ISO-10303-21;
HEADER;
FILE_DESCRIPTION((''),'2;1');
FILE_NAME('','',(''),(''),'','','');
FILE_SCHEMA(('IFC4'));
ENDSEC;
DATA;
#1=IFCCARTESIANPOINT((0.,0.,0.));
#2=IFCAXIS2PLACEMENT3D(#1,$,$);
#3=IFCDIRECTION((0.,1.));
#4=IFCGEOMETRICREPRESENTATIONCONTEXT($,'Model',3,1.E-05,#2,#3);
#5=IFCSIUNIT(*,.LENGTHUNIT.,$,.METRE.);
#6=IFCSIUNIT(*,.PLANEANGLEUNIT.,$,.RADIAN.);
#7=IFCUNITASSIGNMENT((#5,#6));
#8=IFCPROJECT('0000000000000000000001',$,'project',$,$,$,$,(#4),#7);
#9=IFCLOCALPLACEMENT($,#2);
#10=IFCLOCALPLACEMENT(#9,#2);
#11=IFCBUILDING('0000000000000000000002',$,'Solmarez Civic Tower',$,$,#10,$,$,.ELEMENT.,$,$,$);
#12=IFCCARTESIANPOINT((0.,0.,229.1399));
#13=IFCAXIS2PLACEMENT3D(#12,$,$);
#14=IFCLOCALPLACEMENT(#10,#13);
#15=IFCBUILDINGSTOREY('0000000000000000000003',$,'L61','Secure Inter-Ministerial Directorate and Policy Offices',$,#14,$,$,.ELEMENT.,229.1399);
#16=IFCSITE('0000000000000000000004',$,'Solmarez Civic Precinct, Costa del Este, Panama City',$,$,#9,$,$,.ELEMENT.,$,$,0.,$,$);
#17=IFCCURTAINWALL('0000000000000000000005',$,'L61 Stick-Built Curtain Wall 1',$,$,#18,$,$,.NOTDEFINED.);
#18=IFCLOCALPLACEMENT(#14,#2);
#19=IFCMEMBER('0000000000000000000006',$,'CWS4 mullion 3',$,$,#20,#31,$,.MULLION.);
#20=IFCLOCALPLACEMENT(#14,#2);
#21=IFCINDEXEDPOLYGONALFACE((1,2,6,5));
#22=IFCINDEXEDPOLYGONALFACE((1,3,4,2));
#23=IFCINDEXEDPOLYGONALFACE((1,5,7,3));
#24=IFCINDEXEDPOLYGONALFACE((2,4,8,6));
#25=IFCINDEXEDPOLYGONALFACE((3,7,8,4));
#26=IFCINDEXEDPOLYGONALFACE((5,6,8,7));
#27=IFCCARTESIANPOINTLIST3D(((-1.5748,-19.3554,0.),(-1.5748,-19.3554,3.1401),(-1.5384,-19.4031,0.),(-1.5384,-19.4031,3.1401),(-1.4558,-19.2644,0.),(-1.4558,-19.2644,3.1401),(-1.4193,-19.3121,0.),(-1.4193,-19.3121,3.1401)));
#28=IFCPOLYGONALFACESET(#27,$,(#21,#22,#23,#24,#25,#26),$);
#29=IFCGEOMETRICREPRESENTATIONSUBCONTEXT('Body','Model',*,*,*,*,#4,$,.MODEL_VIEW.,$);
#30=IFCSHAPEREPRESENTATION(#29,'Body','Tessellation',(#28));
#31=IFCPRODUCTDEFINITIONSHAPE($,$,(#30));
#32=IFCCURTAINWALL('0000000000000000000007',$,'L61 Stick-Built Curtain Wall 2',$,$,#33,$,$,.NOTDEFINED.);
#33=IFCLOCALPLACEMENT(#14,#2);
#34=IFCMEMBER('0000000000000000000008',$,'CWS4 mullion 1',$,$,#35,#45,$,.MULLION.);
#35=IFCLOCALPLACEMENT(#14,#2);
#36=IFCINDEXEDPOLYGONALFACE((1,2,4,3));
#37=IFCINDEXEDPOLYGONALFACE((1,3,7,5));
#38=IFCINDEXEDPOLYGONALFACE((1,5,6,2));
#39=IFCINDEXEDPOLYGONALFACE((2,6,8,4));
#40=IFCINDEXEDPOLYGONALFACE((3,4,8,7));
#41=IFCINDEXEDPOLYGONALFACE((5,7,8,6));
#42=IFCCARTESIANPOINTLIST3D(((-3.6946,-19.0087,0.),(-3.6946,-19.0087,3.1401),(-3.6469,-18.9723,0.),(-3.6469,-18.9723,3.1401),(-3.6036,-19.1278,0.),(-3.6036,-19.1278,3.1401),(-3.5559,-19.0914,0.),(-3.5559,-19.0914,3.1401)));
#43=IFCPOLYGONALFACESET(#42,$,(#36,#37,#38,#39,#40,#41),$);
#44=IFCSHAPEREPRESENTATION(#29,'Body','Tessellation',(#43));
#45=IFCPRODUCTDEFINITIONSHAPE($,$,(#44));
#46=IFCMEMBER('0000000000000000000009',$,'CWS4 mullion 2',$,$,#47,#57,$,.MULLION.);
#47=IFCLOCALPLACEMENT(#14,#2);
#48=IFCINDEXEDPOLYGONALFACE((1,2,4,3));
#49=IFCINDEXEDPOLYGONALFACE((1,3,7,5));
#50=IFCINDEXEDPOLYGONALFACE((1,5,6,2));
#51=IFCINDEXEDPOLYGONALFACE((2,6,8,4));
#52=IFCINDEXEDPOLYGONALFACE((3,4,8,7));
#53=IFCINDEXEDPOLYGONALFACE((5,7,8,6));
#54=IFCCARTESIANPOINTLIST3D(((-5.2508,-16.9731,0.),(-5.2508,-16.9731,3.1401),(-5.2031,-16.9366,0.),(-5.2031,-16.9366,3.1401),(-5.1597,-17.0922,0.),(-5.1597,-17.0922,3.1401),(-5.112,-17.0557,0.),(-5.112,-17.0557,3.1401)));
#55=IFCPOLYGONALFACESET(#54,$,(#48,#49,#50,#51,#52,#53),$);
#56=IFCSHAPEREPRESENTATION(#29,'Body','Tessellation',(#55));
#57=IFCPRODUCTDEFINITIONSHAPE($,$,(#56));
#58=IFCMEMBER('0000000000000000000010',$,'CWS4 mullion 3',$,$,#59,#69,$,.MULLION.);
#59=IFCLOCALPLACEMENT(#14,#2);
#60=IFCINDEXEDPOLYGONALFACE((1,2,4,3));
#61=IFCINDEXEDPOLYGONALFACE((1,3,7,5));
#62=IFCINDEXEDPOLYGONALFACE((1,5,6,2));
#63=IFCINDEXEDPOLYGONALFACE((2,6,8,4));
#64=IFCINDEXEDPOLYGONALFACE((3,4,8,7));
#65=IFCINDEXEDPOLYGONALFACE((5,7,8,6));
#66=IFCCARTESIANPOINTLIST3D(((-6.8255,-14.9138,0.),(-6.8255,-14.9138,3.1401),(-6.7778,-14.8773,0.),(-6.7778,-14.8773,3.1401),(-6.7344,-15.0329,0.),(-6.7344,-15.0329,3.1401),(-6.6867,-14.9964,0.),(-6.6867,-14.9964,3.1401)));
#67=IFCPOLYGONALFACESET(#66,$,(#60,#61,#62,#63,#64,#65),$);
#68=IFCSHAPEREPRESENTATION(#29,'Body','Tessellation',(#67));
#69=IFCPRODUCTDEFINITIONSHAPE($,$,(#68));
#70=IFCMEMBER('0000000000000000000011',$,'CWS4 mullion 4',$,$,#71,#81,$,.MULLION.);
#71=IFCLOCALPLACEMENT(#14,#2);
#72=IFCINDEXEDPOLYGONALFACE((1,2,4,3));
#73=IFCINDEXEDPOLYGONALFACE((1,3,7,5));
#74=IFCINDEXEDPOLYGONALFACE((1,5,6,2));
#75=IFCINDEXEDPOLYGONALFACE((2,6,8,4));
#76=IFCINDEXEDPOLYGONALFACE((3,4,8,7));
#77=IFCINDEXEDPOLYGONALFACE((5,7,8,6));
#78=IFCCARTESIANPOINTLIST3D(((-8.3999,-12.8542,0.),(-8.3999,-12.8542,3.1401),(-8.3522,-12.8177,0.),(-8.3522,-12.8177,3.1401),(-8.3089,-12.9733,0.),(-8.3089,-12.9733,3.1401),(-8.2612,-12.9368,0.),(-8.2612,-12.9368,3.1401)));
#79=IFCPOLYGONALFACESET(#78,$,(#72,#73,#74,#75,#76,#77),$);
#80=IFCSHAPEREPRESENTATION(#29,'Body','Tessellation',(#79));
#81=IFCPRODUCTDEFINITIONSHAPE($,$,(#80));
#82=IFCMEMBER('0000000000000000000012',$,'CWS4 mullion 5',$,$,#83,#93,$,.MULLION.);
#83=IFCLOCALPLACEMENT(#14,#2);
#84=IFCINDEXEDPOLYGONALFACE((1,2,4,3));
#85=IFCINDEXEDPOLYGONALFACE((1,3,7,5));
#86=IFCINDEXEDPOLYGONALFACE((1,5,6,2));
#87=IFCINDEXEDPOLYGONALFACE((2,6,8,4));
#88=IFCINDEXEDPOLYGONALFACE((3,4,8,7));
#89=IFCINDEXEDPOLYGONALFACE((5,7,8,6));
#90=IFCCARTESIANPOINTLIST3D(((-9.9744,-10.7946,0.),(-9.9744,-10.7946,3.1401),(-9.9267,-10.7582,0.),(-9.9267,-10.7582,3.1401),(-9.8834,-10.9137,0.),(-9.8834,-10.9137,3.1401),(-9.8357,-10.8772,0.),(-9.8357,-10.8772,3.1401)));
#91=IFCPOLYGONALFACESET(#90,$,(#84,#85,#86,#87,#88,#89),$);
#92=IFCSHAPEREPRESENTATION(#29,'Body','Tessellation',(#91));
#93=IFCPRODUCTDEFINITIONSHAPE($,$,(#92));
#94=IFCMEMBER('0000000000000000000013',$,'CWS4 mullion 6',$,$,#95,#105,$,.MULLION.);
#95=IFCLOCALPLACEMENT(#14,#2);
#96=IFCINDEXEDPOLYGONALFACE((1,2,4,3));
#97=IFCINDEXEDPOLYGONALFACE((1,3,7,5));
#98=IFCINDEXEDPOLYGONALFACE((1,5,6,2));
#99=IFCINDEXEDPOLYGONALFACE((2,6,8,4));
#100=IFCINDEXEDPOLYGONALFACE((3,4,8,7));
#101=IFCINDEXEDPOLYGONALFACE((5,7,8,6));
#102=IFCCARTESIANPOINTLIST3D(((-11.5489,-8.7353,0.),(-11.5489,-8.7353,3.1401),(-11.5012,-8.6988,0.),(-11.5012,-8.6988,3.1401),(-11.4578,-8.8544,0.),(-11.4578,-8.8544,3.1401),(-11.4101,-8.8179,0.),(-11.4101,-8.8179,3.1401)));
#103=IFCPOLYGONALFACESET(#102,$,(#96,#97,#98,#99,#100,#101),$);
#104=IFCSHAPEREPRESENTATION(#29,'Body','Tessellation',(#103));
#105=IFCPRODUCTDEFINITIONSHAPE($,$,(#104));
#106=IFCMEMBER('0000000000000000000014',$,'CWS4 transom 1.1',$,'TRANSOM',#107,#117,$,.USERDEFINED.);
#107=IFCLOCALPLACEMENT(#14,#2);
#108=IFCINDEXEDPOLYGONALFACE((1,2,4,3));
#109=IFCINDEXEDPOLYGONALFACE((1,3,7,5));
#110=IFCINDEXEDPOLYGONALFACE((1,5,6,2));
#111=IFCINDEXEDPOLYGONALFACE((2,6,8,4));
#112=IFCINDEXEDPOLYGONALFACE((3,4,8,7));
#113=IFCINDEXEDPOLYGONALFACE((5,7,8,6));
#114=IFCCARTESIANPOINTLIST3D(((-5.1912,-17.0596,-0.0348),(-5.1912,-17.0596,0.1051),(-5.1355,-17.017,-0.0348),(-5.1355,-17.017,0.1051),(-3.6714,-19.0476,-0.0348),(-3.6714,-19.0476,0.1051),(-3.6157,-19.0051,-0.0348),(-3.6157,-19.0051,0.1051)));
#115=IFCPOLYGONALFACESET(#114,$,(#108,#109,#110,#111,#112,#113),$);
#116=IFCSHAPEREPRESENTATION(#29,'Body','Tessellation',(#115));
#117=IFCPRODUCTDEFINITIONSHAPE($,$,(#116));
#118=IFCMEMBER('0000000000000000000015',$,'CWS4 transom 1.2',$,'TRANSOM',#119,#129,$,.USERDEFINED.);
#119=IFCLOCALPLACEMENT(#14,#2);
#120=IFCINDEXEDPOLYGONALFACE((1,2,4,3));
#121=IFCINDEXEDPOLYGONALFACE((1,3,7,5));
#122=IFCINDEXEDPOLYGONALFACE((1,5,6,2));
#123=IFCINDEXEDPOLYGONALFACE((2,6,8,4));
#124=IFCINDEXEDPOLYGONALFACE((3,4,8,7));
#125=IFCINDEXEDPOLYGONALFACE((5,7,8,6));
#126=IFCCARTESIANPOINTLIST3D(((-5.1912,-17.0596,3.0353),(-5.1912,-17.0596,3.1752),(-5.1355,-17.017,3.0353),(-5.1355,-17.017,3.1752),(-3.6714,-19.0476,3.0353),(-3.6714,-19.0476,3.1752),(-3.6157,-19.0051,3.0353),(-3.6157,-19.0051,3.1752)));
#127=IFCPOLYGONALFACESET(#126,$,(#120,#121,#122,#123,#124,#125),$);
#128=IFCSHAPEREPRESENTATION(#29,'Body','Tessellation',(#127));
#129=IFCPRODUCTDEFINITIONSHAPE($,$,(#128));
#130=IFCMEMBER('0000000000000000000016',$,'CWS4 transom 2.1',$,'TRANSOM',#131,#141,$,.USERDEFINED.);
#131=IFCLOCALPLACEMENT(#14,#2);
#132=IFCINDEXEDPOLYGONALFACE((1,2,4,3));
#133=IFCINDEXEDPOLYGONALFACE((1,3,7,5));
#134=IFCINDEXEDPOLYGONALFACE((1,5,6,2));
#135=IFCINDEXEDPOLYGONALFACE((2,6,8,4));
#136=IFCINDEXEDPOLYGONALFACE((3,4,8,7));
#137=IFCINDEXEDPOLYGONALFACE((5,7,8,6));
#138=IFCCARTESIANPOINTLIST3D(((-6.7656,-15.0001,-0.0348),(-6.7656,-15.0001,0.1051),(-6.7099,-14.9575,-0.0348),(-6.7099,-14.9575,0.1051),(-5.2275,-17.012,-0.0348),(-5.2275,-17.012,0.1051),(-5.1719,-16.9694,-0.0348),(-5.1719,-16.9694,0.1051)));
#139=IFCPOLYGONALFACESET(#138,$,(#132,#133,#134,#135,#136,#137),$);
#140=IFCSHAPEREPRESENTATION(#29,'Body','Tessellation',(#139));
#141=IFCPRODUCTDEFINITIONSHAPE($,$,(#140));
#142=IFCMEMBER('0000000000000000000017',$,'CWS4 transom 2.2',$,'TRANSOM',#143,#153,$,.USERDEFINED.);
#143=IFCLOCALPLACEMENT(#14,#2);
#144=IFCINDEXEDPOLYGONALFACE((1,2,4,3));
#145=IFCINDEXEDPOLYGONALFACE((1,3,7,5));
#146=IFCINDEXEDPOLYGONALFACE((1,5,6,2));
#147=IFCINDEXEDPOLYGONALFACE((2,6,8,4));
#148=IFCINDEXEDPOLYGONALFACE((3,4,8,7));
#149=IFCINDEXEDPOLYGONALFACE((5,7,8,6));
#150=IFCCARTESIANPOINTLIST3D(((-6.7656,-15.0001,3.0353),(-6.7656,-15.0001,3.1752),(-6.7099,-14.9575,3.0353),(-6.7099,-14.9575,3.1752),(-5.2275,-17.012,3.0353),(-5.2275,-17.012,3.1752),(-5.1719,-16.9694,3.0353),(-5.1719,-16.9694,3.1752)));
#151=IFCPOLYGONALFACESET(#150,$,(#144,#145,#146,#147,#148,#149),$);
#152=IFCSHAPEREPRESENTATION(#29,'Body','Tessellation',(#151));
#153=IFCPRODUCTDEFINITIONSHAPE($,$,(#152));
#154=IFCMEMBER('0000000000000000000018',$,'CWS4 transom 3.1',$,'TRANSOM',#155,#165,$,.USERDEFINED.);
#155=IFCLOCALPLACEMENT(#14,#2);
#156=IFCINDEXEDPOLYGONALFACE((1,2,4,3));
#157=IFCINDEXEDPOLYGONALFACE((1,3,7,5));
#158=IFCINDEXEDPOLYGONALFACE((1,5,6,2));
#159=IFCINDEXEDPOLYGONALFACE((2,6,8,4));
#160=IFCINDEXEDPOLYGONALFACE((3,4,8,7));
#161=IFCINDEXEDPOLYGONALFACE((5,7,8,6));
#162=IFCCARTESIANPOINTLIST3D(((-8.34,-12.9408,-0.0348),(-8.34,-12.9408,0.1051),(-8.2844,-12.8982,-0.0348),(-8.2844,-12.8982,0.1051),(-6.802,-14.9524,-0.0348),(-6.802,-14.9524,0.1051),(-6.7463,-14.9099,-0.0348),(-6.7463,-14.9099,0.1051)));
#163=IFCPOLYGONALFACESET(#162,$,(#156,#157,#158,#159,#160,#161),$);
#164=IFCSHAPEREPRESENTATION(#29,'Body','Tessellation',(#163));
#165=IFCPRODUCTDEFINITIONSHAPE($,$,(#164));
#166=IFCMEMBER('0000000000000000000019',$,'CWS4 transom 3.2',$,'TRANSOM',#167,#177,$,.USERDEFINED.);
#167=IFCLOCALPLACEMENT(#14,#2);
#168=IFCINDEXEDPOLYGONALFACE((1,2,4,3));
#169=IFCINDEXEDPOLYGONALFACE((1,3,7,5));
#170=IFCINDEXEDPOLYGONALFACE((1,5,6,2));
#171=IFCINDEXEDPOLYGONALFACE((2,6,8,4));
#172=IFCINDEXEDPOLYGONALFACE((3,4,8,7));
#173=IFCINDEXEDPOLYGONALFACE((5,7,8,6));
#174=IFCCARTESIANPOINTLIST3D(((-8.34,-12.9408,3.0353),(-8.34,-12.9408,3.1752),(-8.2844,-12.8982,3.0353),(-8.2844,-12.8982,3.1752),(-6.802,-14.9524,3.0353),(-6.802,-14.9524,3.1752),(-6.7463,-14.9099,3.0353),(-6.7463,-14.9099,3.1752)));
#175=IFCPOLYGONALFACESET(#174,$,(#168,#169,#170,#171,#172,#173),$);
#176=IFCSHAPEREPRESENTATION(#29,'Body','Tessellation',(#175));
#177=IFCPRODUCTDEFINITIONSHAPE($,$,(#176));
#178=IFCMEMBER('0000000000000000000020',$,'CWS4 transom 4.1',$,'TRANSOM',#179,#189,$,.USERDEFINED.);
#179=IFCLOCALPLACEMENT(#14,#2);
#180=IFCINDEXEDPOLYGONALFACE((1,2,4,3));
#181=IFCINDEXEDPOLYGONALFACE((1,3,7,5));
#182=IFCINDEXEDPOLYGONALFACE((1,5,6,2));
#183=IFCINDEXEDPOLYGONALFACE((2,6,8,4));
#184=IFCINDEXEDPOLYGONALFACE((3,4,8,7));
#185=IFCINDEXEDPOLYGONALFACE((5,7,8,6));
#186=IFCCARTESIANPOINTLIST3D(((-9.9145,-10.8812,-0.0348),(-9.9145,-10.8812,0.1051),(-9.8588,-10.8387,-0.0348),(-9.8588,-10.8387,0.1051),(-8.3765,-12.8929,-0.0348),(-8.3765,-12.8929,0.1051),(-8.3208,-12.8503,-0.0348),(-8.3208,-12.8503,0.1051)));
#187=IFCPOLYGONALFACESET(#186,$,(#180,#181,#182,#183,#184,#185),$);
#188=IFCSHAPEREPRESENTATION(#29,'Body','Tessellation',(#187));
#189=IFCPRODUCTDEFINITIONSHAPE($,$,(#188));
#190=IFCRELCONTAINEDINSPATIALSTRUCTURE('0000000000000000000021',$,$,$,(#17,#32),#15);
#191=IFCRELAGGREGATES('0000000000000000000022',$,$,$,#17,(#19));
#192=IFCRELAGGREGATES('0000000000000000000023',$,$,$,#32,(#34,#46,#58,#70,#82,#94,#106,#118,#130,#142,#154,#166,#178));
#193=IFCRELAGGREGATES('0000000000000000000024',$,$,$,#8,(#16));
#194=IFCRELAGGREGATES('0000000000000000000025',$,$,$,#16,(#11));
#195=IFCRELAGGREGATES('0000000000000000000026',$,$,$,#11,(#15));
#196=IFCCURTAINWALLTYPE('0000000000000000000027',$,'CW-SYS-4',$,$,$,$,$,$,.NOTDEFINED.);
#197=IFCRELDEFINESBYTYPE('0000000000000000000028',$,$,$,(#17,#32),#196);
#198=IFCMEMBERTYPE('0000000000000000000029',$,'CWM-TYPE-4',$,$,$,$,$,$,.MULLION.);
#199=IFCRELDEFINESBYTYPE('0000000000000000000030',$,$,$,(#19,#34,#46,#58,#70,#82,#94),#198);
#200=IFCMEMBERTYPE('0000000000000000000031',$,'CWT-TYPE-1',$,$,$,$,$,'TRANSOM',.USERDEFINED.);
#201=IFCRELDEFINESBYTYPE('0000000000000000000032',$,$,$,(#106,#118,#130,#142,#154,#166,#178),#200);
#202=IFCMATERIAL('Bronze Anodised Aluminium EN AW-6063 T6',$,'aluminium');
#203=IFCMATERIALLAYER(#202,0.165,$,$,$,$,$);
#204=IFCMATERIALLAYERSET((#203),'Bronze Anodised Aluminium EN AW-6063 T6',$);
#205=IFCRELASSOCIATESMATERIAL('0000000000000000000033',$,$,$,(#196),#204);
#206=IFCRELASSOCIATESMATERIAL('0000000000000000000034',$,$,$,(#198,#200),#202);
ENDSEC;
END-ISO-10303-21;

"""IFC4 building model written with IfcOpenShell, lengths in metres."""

from ifc_helpers import new_model, si_unit, direction, frame, origin, origin_2d, place, context, subcontext, project, spatial, rectangle, extrude, material, layer, layer_set, material_profile, profile_set, type_object, element, aggregate, save


model = new_model("IFC4")

# Units and contexts
model_context = context("Model", 3, precision=1e-05, world=origin(), true_north=direction((0.0, 1.0)))
body_context = subcontext(model_context, "Body", "Model", "MODEL_VIEW")
ifc_project = project(units=[si_unit("LENGTHUNIT", "METRE"), si_unit("PLANEANGLEUNIT", "RADIAN")], contexts=[model_context])

# Site, building, storey
site_placement = place(None, origin())
site = spatial("IfcSite", under=ifc_project, at=site_placement, Name="Solmarez Civic Precinct, Costa del Este, Panama City", CompositionType="ELEMENT", RefElevation=0.0)
building_placement = place(site_placement, origin())
building = spatial("IfcBuilding", under=site, at=building_placement, Name="Solmarez Civic Tower", CompositionType="ELEMENT")
storey_placement = place(building_placement, frame((0.0, 0.0, 229.1399)))
storey = spatial("IfcBuildingStorey", under=building, at=storey_placement, Name="L61", Description="Secure Inter-Ministerial Directorate and Policy Offices", CompositionType="ELEMENT", Elevation=229.1399)

# Curtain wall, member
ifc_material_1 = material(Name="Bronze Anodised Aluminium EN AW-6063 T6", Category="aluminium")
ifc_layer_1 = layer(ifc_material_1, 0.165)
ifc_layer_set_1 = layer_set([ifc_layer_1], Name="Bronze Anodised Aluminium EN AW-6063 T6")
curtain_wall_type = type_object("IfcCurtainWallType", Name="CW-SYS-4", PredefinedType="NOTDEFINED", material=ifc_layer_set_1)
curtain_wall_1_placement = place(storey_placement, origin())
curtain_wall_1 = element("IfcCurtainWall", 1, at=curtain_wall_1_placement, inside=storey, type_object=curtain_wall_type, Name="L61 Stick-Built Curtain Wall 1", PredefinedType="NOTDEFINED")
ifc_material_profile_1 = material_profile(ifc_material_1, rectangle(XDim=0.0601, YDim=0.1499, at=origin_2d()), Name="CWM-60X150")
ifc_profile_set_1 = profile_set([ifc_material_profile_1], Name="Bronze Anodised Aluminium EN AW-6063 T6")
member_type_1 = type_object("IfcMemberType", Name="CWM-TYPE-4", PredefinedType="MULLION", material=ifc_profile_set_1)
member_1_placement = place(storey_placement, frame((-1.4971, -19.3337, 0.0), z_axis=(0.0, 0.0, 1.0), x_axis=(0.60748, -0.794335, 0.0)))
member_1 = element("IfcMember", 2, at=member_1_placement, type_object=member_type_1, Name="CWS4 mullion 3", PredefinedType="MULLION", context=body_context, shape_type="SweptSolid", body=[
    extrude(rectangle(XDim=0.0601, YDim=0.1499, at=origin_2d()), origin(), (0.0, 0.0, 1.0), 3.1401),
])
aggregate(curtain_wall_1, [member_1])

# Curtain wall, members
curtain_wall_2_placement = place(storey_placement, origin())
curtain_wall_2 = element("IfcCurtainWall", 3, at=curtain_wall_2_placement, inside=storey, type_object=curtain_wall_type, Name="L61 Stick-Built Curtain Wall 2", PredefinedType="NOTDEFINED")
member_2_placement = place(storey_placement, frame((-3.6252, -19.05, 0.0), z_axis=(0.0, 0.0, 1.0), x_axis=(-0.794434, -0.60735, 0.0)))
member_2 = element("IfcMember", 4, at=member_2_placement, type_object=member_type_1, Name="CWS4 mullion 1", PredefinedType="MULLION", context=body_context, shape_type="SweptSolid", body=[
    extrude(rectangle(XDim=0.0601, YDim=0.1499, at=origin_2d()), origin(), (0.0, 0.0, 1.0), 3.1401),
])
member_3_placement = place(storey_placement, frame((-5.1814, -17.0144, 0.0), z_axis=(0.0, 0.0, 1.0), x_axis=(-0.794434, -0.60735, 0.0)))
member_3 = element("IfcMember", 5, at=member_3_placement, type_object=member_type_1, Name="CWS4 mullion 2", PredefinedType="MULLION", context=body_context, shape_type="SweptSolid", body=[
    extrude(rectangle(XDim=0.0601, YDim=0.1499, at=origin_2d()), origin(), (0.0, 0.0, 1.0), 3.1401),
])
member_4_placement = place(storey_placement, frame((-6.7561, -14.9551, 0.0), z_axis=(0.0, 0.0, 1.0), x_axis=(-0.794434, -0.60735, 0.0)))
member_4 = element("IfcMember", 6, at=member_4_placement, type_object=member_type_1, Name="CWS4 mullion 3", PredefinedType="MULLION", context=body_context, shape_type="SweptSolid", body=[
    extrude(rectangle(XDim=0.0601, YDim=0.1499, at=origin_2d()), origin(), (0.0, 0.0, 1.0), 3.1401),
])
member_5_placement = place(storey_placement, frame((-8.3306, -12.8955, 0.0), z_axis=(0.0, 0.0, 1.0), x_axis=(-0.794434, -0.60735, 0.0)))
member_5 = element("IfcMember", 7, at=member_5_placement, type_object=member_type_1, Name="CWS4 mullion 4", PredefinedType="MULLION", context=body_context, shape_type="SweptSolid", body=[
    extrude(rectangle(XDim=0.0601, YDim=0.1499, at=origin_2d()), origin(), (0.0, 0.0, 1.0), 3.1401),
])
member_6_placement = place(storey_placement, frame((-9.905, -10.8359, 0.0), z_axis=(0.0, 0.0, 1.0), x_axis=(-0.794434, -0.60735, 0.0)))
member_6 = element("IfcMember", 8, at=member_6_placement, type_object=member_type_1, Name="CWS4 mullion 5", PredefinedType="MULLION", context=body_context, shape_type="SweptSolid", body=[
    extrude(rectangle(XDim=0.0601, YDim=0.1499, at=origin_2d()), origin(), (0.0, 0.0, 1.0), 3.1401),
])
member_7_placement = place(storey_placement, frame((-11.4795, -8.7766, 0.0), z_axis=(0.0, 0.0, 1.0), x_axis=(-0.794434, -0.60735, 0.0)))
member_7 = element("IfcMember", 9, at=member_7_placement, type_object=member_type_1, Name="CWS4 mullion 6", PredefinedType="MULLION", context=body_context, shape_type="SweptSolid", body=[
    extrude(rectangle(XDim=0.0601, YDim=0.1499, at=origin_2d()), origin(), (0.0, 0.0, 1.0), 3.1401),
])
ifc_material_profile_2 = material_profile(ifc_material_1, rectangle(XDim=0.0701, YDim=0.1399, at=origin_2d()), Name="CWT-70X140")
ifc_profile_set_2 = profile_set([ifc_material_profile_2], Name="Bronze Anodised Aluminium EN AW-6063 T6")
member_type_2 = type_object("IfcMemberType", Name="CWT-TYPE-1", ElementType="TRANSOM", PredefinedType="USERDEFINED", material=ifc_profile_set_2)
member_8_placement = place(storey_placement, frame((-3.6436, -19.0264, 0.0352), z_axis=(-0.607327, 0.794452, 0.0), x_axis=(-0.794452, -0.607327, 0.0)))
member_8 = element("IfcMember", 10, at=member_8_placement, type_object=member_type_2, Name="CWS4 transom 1.1", ObjectType="TRANSOM", PredefinedType="USERDEFINED", context=body_context, shape_type="SweptSolid", body=[
    extrude(rectangle(XDim=0.0701, YDim=0.1399, at=origin_2d()), origin(), (0.0, 0.0, 1.0), 2.5024),
])
member_9_placement = place(storey_placement, frame((-3.6436, -19.0264, 3.1052), z_axis=(-0.607327, 0.794452, 0.0), x_axis=(-0.794452, -0.607327, 0.0)))
member_9 = element("IfcMember", 11, at=member_9_placement, type_object=member_type_2, Name="CWS4 transom 1.2", ObjectType="TRANSOM", PredefinedType="USERDEFINED", context=body_context, shape_type="SweptSolid", body=[
    extrude(rectangle(XDim=0.0701, YDim=0.1399, at=origin_2d()), origin(), (0.0, 0.0, 1.0), 2.5024),
])
member_10_placement = place(storey_placement, frame((-5.1997, -16.9907, 0.0352), z_axis=(-0.607332, 0.794448, 0.0), x_axis=(-0.794448, -0.607332, 0.0)))
member_10 = element("IfcMember", 12, at=member_10_placement, type_object=member_type_2, Name="CWS4 transom 2.1", ObjectType="TRANSOM", PredefinedType="USERDEFINED", context=body_context, shape_type="SweptSolid", body=[
    extrude(rectangle(XDim=0.0701, YDim=0.1399, at=origin_2d()), origin(), (0.0, 0.0, 1.0), 2.5325),
])
member_11_placement = place(storey_placement, frame((-5.1997, -16.9907, 3.1052), z_axis=(-0.607332, 0.794448, 0.0), x_axis=(-0.794448, -0.607332, 0.0)))
member_11 = element("IfcMember", 13, at=member_11_placement, type_object=member_type_2, Name="CWS4 transom 2.2", ObjectType="TRANSOM", PredefinedType="USERDEFINED", context=body_context, shape_type="SweptSolid", body=[
    extrude(rectangle(XDim=0.0701, YDim=0.1399, at=origin_2d()), origin(), (0.0, 0.0, 1.0), 2.5325),
])
member_12_placement = place(storey_placement, frame((-6.7742, -14.9312, 0.0352), z_axis=(-0.607379, 0.794413, 0.0), x_axis=(-0.794413, -0.607379, 0.0)))
member_12 = element("IfcMember", 14, at=member_12_placement, type_object=member_type_2, Name="CWS4 transom 3.1", ObjectType="TRANSOM", PredefinedType="USERDEFINED", context=body_context, shape_type="SweptSolid", body=[
    extrude(rectangle(XDim=0.0701, YDim=0.1399, at=origin_2d()), origin(), (0.0, 0.0, 1.0), 2.5322),
])
member_13_placement = place(storey_placement, frame((-6.7742, -14.9312, 3.1052), z_axis=(-0.607379, 0.794413, 0.0), x_axis=(-0.794413, -0.607379, 0.0)))
member_13 = element("IfcMember", 15, at=member_13_placement, type_object=member_type_2, Name="CWS4 transom 3.2", ObjectType="TRANSOM", PredefinedType="USERDEFINED", context=body_context, shape_type="SweptSolid", body=[
    extrude(rectangle(XDim=0.0701, YDim=0.1399, at=origin_2d()), origin(), (0.0, 0.0, 1.0), 2.5322),
])
member_14_placement = place(storey_placement, frame((-8.3486, -12.8716, 0.0352), z_axis=(-0.607379, 0.794413, 0.0), x_axis=(-0.794413, -0.607379, 0.0)))
member_14 = element("IfcMember", 16, at=member_14_placement, type_object=member_type_2, Name="CWS4 transom 4.1", ObjectType="TRANSOM", PredefinedType="USERDEFINED", context=body_context, shape_type="SweptSolid", body=[
    extrude(rectangle(XDim=0.0701, YDim=0.1399, at=origin_2d()), origin(), (0.0, 0.0, 1.0), 2.5322),
])
aggregate(curtain_wall_2, [member_2, member_3, member_4, member_5, member_6, member_7, member_8, member_9, member_10, member_11, member_12, member_13, member_14])

save(model, "model.ifc")
